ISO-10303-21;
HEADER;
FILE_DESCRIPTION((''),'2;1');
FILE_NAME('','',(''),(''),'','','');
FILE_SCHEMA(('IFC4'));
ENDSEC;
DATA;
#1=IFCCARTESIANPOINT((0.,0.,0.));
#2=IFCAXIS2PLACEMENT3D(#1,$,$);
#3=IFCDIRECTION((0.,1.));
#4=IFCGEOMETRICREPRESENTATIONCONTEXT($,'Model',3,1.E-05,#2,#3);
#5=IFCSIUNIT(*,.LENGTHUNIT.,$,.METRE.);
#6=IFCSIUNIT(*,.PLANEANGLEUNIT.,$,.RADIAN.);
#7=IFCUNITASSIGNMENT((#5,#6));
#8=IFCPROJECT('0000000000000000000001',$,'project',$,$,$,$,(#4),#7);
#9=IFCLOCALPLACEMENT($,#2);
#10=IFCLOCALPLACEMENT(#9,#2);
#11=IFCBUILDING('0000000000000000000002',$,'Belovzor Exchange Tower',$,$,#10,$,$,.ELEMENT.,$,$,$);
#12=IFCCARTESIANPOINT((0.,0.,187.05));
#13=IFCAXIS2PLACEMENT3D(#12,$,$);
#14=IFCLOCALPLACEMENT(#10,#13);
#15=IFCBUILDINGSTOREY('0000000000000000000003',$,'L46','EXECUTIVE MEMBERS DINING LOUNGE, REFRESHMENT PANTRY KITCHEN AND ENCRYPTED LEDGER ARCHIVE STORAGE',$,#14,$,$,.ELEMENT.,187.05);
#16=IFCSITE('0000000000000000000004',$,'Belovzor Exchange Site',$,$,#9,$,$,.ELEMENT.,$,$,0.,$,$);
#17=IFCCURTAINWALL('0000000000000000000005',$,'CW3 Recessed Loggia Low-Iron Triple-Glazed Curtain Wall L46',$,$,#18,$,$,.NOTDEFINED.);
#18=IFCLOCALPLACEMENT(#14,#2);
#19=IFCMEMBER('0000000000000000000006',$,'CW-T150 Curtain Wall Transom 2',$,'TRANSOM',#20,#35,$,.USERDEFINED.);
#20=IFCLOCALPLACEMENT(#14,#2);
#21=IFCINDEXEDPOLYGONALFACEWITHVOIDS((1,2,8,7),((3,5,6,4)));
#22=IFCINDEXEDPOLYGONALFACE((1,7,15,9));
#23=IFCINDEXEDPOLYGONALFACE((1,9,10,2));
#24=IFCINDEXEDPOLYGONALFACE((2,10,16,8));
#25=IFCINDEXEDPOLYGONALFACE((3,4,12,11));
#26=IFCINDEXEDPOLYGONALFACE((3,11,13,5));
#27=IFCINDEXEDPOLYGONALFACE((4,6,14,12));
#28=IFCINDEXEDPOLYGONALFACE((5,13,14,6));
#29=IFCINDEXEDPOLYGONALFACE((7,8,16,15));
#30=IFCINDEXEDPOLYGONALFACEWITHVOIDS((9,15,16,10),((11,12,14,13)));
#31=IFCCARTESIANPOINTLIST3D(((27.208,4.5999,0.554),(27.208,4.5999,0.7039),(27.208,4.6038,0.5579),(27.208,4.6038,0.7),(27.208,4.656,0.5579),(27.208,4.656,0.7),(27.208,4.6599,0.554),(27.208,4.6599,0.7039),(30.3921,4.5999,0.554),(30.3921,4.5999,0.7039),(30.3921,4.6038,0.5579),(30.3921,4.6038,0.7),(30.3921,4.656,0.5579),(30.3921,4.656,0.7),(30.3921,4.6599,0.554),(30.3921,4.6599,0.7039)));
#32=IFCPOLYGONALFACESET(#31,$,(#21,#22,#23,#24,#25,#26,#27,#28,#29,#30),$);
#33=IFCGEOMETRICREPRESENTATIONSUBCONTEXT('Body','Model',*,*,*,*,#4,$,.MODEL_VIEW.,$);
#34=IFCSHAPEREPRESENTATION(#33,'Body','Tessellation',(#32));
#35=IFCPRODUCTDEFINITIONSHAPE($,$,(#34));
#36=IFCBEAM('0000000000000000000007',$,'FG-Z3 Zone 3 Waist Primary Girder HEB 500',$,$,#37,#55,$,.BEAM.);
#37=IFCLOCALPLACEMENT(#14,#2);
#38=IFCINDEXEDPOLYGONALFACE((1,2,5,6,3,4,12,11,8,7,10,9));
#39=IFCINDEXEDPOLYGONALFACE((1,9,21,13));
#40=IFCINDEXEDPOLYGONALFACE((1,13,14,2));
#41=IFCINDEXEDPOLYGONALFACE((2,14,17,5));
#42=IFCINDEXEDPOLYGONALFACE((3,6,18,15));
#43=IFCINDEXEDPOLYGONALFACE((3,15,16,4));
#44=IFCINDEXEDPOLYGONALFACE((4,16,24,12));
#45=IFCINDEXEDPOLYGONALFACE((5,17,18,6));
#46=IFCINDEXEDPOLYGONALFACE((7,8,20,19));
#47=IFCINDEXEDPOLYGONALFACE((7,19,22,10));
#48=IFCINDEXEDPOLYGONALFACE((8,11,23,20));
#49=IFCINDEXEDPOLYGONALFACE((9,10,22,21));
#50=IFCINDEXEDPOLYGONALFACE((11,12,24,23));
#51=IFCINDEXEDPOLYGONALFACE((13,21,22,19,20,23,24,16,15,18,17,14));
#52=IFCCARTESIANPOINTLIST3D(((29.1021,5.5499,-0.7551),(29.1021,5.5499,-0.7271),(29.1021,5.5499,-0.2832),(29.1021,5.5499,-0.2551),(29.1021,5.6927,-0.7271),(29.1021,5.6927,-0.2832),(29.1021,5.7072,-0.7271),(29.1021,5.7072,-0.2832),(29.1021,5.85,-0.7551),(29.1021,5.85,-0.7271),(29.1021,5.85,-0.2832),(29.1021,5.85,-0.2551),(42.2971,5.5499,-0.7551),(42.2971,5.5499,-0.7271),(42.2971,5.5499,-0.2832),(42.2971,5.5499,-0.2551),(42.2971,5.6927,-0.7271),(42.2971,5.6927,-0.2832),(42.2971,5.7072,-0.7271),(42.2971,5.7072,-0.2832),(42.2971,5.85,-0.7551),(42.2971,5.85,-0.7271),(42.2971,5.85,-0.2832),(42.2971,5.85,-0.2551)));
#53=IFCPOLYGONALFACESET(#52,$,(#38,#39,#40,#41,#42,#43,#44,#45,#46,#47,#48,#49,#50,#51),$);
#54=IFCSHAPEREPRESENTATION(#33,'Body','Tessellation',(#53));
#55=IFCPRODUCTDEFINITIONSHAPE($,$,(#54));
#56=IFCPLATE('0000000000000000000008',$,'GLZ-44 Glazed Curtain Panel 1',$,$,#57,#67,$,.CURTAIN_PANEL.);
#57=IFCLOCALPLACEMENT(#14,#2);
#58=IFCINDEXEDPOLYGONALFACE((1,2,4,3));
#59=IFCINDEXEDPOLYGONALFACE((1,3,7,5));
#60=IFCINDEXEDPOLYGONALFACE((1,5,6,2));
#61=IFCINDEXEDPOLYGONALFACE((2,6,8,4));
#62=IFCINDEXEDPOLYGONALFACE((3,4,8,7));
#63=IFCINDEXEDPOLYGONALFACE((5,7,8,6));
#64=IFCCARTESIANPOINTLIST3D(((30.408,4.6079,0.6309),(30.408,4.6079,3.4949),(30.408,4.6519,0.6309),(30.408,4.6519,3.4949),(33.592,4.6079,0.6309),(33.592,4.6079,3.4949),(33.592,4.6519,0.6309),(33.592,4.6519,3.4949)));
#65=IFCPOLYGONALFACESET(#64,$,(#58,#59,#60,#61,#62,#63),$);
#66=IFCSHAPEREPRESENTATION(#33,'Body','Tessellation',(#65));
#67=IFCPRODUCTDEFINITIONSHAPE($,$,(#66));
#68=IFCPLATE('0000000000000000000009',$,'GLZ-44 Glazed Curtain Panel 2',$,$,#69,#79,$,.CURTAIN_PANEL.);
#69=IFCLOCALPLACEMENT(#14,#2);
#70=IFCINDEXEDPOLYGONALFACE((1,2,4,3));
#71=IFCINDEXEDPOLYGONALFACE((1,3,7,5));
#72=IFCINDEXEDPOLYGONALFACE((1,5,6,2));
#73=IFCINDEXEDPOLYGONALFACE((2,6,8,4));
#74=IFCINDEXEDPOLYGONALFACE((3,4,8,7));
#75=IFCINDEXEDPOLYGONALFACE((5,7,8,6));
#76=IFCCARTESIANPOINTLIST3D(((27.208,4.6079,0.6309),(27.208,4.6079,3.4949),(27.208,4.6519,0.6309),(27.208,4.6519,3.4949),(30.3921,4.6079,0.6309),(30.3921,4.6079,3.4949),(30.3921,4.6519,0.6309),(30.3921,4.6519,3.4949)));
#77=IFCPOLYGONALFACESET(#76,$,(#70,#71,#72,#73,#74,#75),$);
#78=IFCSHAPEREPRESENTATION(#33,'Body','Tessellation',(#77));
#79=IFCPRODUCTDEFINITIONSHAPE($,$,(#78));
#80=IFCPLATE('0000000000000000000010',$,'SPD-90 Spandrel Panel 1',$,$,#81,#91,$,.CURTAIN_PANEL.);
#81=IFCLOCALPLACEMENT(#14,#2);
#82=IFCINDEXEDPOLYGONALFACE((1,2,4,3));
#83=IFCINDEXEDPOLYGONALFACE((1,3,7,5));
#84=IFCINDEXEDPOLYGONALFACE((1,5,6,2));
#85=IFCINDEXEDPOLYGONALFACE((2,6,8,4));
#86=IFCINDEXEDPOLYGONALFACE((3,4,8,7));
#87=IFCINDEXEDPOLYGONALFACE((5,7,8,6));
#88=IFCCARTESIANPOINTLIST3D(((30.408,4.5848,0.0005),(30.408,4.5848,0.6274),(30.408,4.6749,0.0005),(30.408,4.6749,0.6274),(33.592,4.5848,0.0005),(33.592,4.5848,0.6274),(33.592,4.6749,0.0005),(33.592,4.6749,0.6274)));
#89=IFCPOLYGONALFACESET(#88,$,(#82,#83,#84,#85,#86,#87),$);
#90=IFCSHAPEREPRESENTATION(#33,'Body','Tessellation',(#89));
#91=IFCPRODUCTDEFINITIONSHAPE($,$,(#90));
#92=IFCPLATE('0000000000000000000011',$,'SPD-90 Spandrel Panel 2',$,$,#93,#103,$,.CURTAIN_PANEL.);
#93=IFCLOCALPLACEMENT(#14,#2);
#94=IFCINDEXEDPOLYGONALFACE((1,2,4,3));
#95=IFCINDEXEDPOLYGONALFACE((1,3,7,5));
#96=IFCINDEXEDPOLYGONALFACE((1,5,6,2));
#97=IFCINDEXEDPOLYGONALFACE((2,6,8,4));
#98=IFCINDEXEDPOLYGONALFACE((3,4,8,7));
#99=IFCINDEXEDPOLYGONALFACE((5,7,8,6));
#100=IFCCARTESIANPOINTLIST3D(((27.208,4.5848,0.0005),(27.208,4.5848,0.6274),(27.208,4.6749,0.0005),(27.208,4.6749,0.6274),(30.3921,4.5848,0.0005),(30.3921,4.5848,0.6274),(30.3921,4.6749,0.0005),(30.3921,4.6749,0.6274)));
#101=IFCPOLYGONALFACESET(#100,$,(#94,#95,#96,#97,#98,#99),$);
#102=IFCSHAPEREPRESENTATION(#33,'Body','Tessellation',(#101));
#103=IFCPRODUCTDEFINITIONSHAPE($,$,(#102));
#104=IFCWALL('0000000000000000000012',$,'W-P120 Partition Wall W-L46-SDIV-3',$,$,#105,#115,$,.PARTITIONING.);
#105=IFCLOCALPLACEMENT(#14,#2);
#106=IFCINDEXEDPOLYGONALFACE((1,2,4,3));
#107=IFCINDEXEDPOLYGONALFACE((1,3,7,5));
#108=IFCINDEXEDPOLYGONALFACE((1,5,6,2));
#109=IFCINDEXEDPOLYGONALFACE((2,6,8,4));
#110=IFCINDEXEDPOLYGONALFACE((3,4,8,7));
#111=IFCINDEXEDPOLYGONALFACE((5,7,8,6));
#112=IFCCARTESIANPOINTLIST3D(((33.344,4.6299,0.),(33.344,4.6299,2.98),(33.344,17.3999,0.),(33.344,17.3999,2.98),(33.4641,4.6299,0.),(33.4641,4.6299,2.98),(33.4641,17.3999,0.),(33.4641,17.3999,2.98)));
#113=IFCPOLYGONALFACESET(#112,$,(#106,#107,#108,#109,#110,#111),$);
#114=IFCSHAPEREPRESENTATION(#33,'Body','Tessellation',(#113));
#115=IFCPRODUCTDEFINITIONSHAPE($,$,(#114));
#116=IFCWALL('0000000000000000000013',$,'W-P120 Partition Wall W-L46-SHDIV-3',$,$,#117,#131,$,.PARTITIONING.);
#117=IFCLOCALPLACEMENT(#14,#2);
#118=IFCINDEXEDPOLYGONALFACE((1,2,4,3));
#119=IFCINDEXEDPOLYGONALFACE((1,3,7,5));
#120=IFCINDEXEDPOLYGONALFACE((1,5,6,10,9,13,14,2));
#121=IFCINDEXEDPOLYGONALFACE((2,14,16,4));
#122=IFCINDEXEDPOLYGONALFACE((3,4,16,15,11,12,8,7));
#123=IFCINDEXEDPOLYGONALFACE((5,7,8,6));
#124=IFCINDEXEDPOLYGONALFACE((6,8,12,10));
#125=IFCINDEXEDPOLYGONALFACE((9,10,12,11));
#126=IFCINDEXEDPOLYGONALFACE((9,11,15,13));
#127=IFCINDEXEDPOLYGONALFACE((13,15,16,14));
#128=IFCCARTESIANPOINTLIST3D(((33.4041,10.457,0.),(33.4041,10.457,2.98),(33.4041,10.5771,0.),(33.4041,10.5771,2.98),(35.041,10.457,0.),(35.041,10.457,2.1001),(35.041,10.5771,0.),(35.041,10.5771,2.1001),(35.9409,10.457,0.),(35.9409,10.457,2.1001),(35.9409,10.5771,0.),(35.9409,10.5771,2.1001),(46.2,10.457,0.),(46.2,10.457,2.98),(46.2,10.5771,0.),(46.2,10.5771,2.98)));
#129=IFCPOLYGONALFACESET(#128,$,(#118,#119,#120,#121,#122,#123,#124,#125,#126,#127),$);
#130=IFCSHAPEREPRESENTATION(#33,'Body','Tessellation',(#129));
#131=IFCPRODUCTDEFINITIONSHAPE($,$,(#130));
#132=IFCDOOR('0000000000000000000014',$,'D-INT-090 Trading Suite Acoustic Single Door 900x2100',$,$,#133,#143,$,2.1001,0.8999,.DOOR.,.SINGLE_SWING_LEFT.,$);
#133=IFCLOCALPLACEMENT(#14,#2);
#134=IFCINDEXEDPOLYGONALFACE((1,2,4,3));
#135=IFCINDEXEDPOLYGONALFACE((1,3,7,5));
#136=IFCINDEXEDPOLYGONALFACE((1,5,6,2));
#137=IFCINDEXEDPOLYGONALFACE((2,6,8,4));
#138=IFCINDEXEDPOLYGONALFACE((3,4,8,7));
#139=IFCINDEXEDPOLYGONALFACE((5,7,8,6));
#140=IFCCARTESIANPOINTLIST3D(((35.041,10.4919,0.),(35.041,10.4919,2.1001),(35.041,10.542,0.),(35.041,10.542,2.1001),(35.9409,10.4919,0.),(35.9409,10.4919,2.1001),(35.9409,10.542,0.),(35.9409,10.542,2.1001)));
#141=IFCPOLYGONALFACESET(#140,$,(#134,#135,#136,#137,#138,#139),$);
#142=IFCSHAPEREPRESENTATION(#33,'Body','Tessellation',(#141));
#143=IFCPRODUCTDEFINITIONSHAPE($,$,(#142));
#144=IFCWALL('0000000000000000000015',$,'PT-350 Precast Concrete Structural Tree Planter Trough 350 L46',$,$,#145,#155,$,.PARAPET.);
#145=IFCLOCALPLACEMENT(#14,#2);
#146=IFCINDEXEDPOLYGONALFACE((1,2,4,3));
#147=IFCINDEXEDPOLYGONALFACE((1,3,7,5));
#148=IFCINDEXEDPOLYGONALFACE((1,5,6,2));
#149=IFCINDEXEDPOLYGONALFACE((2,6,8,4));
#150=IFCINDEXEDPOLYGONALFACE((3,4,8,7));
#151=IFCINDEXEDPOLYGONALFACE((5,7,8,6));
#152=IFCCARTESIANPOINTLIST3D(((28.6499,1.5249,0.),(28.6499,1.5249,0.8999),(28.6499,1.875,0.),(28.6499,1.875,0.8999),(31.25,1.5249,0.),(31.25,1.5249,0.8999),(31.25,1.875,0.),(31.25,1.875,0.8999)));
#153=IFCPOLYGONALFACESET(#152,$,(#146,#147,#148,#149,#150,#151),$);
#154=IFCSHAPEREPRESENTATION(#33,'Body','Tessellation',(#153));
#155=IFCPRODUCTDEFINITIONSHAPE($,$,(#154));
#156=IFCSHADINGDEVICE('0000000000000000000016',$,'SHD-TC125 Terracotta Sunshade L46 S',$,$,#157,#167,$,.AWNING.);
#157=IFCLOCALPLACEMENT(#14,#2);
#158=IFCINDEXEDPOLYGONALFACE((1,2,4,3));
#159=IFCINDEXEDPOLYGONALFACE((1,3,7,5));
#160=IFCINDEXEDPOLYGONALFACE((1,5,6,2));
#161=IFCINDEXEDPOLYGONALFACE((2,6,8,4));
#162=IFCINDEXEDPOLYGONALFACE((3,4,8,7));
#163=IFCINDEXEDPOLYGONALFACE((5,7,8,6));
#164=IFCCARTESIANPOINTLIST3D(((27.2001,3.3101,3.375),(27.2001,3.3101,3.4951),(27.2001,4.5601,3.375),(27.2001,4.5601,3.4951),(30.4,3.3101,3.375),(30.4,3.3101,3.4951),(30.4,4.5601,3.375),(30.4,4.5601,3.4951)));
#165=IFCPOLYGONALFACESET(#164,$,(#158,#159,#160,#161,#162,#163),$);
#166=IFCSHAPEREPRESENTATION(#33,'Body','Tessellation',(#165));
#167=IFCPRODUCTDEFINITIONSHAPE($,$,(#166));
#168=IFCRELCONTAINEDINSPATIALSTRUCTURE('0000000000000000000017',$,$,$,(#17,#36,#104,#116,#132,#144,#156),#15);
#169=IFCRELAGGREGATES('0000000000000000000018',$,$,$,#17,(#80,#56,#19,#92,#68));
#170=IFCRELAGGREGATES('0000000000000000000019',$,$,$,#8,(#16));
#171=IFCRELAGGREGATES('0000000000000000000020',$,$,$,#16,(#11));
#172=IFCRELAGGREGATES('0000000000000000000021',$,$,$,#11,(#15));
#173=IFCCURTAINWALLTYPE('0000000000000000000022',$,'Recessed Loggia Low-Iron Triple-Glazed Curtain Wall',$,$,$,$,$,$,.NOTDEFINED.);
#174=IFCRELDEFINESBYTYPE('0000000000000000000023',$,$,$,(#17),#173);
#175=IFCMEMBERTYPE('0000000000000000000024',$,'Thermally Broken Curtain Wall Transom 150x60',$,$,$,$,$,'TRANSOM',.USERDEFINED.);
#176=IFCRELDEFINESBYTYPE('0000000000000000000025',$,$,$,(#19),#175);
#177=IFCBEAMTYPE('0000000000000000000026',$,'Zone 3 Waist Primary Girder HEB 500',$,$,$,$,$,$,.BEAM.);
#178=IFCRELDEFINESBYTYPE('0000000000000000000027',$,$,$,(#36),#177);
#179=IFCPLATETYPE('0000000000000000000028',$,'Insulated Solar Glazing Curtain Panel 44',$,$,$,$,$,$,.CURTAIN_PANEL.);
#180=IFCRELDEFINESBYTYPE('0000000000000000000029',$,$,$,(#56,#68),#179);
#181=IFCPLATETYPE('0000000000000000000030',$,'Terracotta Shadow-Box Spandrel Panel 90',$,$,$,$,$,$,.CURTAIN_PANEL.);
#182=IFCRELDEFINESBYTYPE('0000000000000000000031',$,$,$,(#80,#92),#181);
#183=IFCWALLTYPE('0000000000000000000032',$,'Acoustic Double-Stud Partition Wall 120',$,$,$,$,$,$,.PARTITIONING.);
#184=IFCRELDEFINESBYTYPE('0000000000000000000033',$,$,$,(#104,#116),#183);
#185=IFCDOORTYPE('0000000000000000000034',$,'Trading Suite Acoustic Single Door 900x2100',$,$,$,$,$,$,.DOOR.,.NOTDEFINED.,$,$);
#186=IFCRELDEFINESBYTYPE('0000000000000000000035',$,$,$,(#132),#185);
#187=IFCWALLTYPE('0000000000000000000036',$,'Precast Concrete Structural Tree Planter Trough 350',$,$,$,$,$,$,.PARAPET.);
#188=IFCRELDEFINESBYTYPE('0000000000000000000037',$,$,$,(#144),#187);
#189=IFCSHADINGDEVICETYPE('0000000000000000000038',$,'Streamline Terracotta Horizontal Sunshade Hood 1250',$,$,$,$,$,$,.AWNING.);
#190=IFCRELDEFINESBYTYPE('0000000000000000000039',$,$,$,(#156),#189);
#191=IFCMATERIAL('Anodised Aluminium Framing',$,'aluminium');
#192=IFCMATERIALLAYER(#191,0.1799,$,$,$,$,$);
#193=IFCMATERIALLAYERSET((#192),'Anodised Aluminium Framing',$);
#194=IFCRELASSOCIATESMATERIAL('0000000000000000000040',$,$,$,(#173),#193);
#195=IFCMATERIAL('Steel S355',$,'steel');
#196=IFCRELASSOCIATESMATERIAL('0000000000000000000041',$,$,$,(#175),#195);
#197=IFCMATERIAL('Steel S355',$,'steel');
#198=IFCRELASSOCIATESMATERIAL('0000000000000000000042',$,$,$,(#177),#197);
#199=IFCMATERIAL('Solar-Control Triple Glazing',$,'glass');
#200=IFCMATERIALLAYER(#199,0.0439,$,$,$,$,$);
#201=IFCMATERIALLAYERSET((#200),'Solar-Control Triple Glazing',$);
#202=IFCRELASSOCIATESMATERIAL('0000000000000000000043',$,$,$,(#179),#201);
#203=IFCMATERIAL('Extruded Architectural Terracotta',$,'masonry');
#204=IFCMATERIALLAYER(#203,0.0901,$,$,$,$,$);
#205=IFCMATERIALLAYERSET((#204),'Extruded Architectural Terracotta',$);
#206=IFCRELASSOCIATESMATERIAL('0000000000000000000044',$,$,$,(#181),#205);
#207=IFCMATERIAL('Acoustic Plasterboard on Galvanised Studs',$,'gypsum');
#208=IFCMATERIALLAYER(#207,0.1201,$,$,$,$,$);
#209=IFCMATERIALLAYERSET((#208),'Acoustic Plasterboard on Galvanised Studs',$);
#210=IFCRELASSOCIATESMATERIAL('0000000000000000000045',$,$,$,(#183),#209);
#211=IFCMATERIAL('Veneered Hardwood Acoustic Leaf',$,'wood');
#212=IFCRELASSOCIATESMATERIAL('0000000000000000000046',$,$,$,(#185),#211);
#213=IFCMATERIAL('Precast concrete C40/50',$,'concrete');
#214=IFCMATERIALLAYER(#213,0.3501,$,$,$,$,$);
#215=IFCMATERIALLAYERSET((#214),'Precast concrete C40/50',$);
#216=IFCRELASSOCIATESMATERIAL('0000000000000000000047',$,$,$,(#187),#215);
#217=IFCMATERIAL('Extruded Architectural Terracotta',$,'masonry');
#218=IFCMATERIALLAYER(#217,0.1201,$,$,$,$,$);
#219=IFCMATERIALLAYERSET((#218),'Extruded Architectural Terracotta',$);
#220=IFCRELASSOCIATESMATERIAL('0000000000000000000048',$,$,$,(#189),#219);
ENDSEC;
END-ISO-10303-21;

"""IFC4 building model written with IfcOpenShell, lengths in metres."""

from ifc_helpers import new_model, si_unit, direction, frame, frame_2d, origin, origin_2d, place, context, subcontext, project, spatial, rectangle, hollow_rectangle, i_section, extrude, material, layer, layer_set, material_profile, profile_set, type_object, element, fill, aggregate, save


model = new_model("IFC4")

# Units and contexts
model_context = context("Model", 3, precision=1e-05, world=origin(), true_north=direction((0.0, 1.0)))
body_context = subcontext(model_context, "Body", "Model", "MODEL_VIEW")
ifc_project = project(units=[si_unit("LENGTHUNIT", "METRE"), si_unit("PLANEANGLEUNIT", "RADIAN")], contexts=[model_context])

# Site, building, storey
site_placement = place(None, origin())
site = spatial("IfcSite", under=ifc_project, at=site_placement, Name="Belovzor Exchange Site", CompositionType="ELEMENT", RefElevation=0.0)
building_placement = place(site_placement, origin())
building = spatial("IfcBuilding", under=site, at=building_placement, Name="Belovzor Exchange Tower", CompositionType="ELEMENT")
storey_placement = place(building_placement, frame((0.0, 0.0, 187.05)))
storey = spatial("IfcBuildingStorey", under=building, at=storey_placement, Name="L46", Description="EXECUTIVE MEMBERS DINING LOUNGE, REFRESHMENT PANTRY KITCHEN AND ENCRYPTED LEDGER ARCHIVE STORAGE", CompositionType="ELEMENT", Elevation=187.05)

# Curtain wall, member
ifc_material_1 = material(Name="Anodised Aluminium Framing", Category="aluminium")
ifc_layer_1 = layer(ifc_material_1, 0.1799)
ifc_layer_set_1 = layer_set([ifc_layer_1], Name="Anodised Aluminium Framing")
curtain_wall_type = type_object("IfcCurtainWallType", Name="Recessed Loggia Low-Iron Triple-Glazed Curtain Wall", PredefinedType="NOTDEFINED", material=ifc_layer_set_1)
curtain_wall_placement = place(storey_placement, origin())
curtain_wall = element("IfcCurtainWall", 1, at=curtain_wall_placement, inside=storey, type_object=curtain_wall_type, Name="CW3 Recessed Loggia Low-Iron Triple-Glazed Curtain Wall L46", PredefinedType="NOTDEFINED")
ifc_material_2 = material(Name="Steel S355", Category="steel")
ifc_material_profile_1 = material_profile(ifc_material_2, hollow_rectangle(XDim=0.0601, YDim=0.1499, WallThickness=0.0039, at=origin_2d()))
ifc_profile_set_1 = profile_set([ifc_material_profile_1], Name="Steel S355")
member_type_1 = type_object("IfcMemberType", Name="Thermally Broken Curtain Wall Transom 150x60", ElementType="TRANSOM", PredefinedType="USERDEFINED", material=ifc_profile_set_1)
member_1_placement = place(storey_placement, frame((30.3921, 4.6299, 0.6289), z_axis=(-1.0, 0.0, 0.0), x_axis=(0.0, -1.0, 0.0)))
member_1 = element("IfcMember", 2, at=member_1_placement, type_object=member_type_1, Name="CW-T150 Curtain Wall Transom 2", ObjectType="TRANSOM", PredefinedType="USERDEFINED", context=body_context, shape_type="SweptSolid", body=[
    extrude(hollow_rectangle(XDim=0.0601, YDim=0.1499, WallThickness=0.0039, at=origin_2d()), origin(), (0.0, 0.0, 1.0), 3.1841),
])

# Beam
ifc_material_3 = material(Name="Steel S355", Category="steel")
ifc_material_profile_2 = material_profile(ifc_material_3, i_section(OverallWidth=0.3, OverallDepth=0.5, WebThickness=0.0144, FlangeThickness=0.0281, at=origin_2d()))
ifc_profile_set_2 = profile_set([ifc_material_profile_2], Name="Steel S355")
beam_type_1 = type_object("IfcBeamType", Name="Zone 3 Waist Primary Girder HEB 500", PredefinedType="BEAM", material=ifc_profile_set_2)
beam_1_placement = place(storey_placement, frame((29.1021, 5.7, -0.5051), z_axis=(1.0, 0.0, 0.0), x_axis=(0.0, 1.0, 0.0)))
element("IfcBeam", 3, at=beam_1_placement, inside=storey, type_object=beam_type_1, Name="FG-Z3 Zone 3 Waist Primary Girder HEB 500", PredefinedType="BEAM", context=body_context, shape_type="SweptSolid", body=[
    extrude(i_section(OverallWidth=0.3, OverallDepth=0.5, WebThickness=0.0144, FlangeThickness=0.0281, at=origin_2d()), origin(), (0.0, 0.0, 1.0), 13.1951),
])

# Plates
ifc_material_4 = material(Name="Solar-Control Triple Glazing", Category="glass")
ifc_layer_2 = layer(ifc_material_4, 0.0439)
ifc_layer_set_2 = layer_set([ifc_layer_2], Name="Solar-Control Triple Glazing")
plate_type_1 = type_object("IfcPlateType", Name="Insulated Solar Glazing Curtain Panel 44", PredefinedType="CURTAIN_PANEL", material=ifc_layer_set_2)
plate_1_placement = place(storey_placement, frame((32.0, 4.6299, 0.6309), z_axis=(0.0, 0.0, 1.0), x_axis=(-1.0, 0.0, 0.0)))
plate_1 = element("IfcPlate", 4, at=plate_1_placement, type_object=plate_type_1, Name="GLZ-44 Glazed Curtain Panel 1", PredefinedType="CURTAIN_PANEL", context=body_context, shape_type="SweptSolid", body=[
    extrude(rectangle(XDim=3.1841, YDim=0.0439, at=origin_2d()), origin(), (0.0, 0.0, 1.0), 2.864),
])
plate_2_placement = place(storey_placement, frame((28.8, 4.6299, 0.6309), z_axis=(0.0, 0.0, 1.0), x_axis=(-1.0, 0.0, 0.0)))
plate_2 = element("IfcPlate", 5, at=plate_2_placement, type_object=plate_type_1, Name="GLZ-44 Glazed Curtain Panel 2", PredefinedType="CURTAIN_PANEL", context=body_context, shape_type="SweptSolid", body=[
    extrude(rectangle(XDim=3.1841, YDim=0.0439, at=origin_2d()), origin(), (0.0, 0.0, 1.0), 2.864),
])
ifc_material_5 = material(Name="Extruded Architectural Terracotta", Category="masonry")
ifc_layer_3 = layer(ifc_material_5, 0.0901)
ifc_layer_set_3 = layer_set([ifc_layer_3], Name="Extruded Architectural Terracotta")
plate_type_2 = type_object("IfcPlateType", Name="Terracotta Shadow-Box Spandrel Panel 90", PredefinedType="CURTAIN_PANEL", material=ifc_layer_set_3)
plate_3_placement = place(storey_placement, frame((32.0, 4.6299, 0.0005), z_axis=(0.0, 0.0, 1.0), x_axis=(-1.0, 0.0, 0.0)))
plate_3 = element("IfcPlate", 6, at=plate_3_placement, type_object=plate_type_2, Name="SPD-90 Spandrel Panel 1", PredefinedType="CURTAIN_PANEL", context=body_context, shape_type="SweptSolid", body=[
    extrude(rectangle(XDim=3.1841, YDim=0.0901, at=origin_2d()), origin(), (0.0, 0.0, 1.0), 0.627),
])
plate_4_placement = place(storey_placement, frame((28.8, 4.6299, 0.0005), z_axis=(0.0, 0.0, 1.0), x_axis=(-1.0, 0.0, 0.0)))
plate_4 = element("IfcPlate", 7, at=plate_4_placement, type_object=plate_type_2, Name="SPD-90 Spandrel Panel 2", PredefinedType="CURTAIN_PANEL", context=body_context, shape_type="SweptSolid", body=[
    extrude(rectangle(XDim=3.1841, YDim=0.0901, at=origin_2d()), origin(), (0.0, 0.0, 1.0), 0.627),
])
aggregate(curtain_wall, [plate_3, plate_1, member_1, plate_4, plate_2])

# Wall
ifc_material_6 = material(Name="Acoustic Plasterboard on Galvanised Studs", Category="gypsum")
ifc_layer_4 = layer(ifc_material_6, 0.1201)
ifc_layer_set_4 = layer_set([ifc_layer_4], Name="Acoustic Plasterboard on Galvanised Studs")
wall_type_1 = type_object("IfcWallType", Name="Acoustic Double-Stud Partition Wall 120", PredefinedType="PARTITIONING", material=ifc_layer_set_4)
wall_1_placement = place(storey_placement, frame((33.4041, 4.6299, 0.0), z_axis=(0.0, 0.0, 1.0), x_axis=(0.0, 1.0, 0.0)))
element("IfcWall", 8, at=wall_1_placement, inside=storey, type_object=wall_type_1, Name="W-P120 Partition Wall W-L46-SDIV-3", PredefinedType="PARTITIONING", context=body_context, shape_type="SweptSolid", body=[
    extrude(rectangle(XDim=12.77, YDim=0.1201, at=frame_2d((6.385, 0.0))), origin(), (0.0, 0.0, 1.0), 2.98),
])

# Wall, opening, door
wall_2_placement = place(storey_placement, frame((33.4041, 10.5171, 0.0), z_axis=(0.0, 0.0, 1.0), x_axis=(1.0, 0.0, 0.0)))
wall_2 = element("IfcWall", 9, at=wall_2_placement, inside=storey, type_object=wall_type_1, Name="W-P120 Partition Wall W-L46-SHDIV-3", PredefinedType="PARTITIONING", context=body_context, shape_type="SweptSolid", body=[
    extrude(rectangle(XDim=12.7959, YDim=0.1201, at=frame_2d((6.3979, 0.0))), origin(), (0.0, 0.0, 1.0), 2.98),
])
opening_placement = place(wall_2_placement, frame((1.637, 0.0, 0.0)))
opening = element("IfcOpeningElement", 10, at=opening_placement, cuts=wall_2, PredefinedType="OPENING", context=body_context, shape_type="SweptSolid", body=[
    extrude(rectangle(XDim=0.8999, YDim=2.1001, at=frame_2d((0.45, 1.05))), frame((0.0, 0.0701, 0.0), z_axis=(0.0, -1.0, 0.0), x_axis=(1.0, 0.0, 0.0)), (0.0, 0.0, 1.0), 0.1401),
])
ifc_material_7 = material(Name="Veneered Hardwood Acoustic Leaf", Category="wood")
door_type = type_object("IfcDoorType", Name="Trading Suite Acoustic Single Door 900x2100", OperationType="NOTDEFINED", PredefinedType="DOOR", material=ifc_material_7)
door_placement = place(opening_placement, origin())
door = element("IfcDoor", 11, at=door_placement, inside=storey, type_object=door_type, Name="D-INT-090 Trading Suite Acoustic Single Door 900x2100", OperationType="SINGLE_SWING_LEFT", OverallHeight=2.1001, OverallWidth=0.8999, PredefinedType="DOOR", context=body_context, shape_type="SweptSolid", body=[
    extrude(rectangle(XDim=0.8999, YDim=2.1001, at=frame_2d((0.45, 1.05))), frame((0.0, 0.0249, 0.0), z_axis=(0.0, -1.0, 0.0), x_axis=(1.0, 0.0, 0.0)), (0.0, 0.0, 1.0), 0.05),
])
fill(opening, door)

# Wall
ifc_material_8 = material(Name="Precast concrete C40/50", Category="concrete")
ifc_layer_5 = layer(ifc_material_8, 0.3501)
ifc_layer_set_5 = layer_set([ifc_layer_5], Name="Precast concrete C40/50")
wall_type_2 = type_object("IfcWallType", Name="Precast Concrete Structural Tree Planter Trough 350", PredefinedType="PARAPET", material=ifc_layer_set_5)
wall_3_placement = place(storey_placement, frame((28.6499, 1.7, 0.0), z_axis=(0.0, 0.0, 1.0), x_axis=(1.0, 0.0, 0.0)))
element("IfcWall", 12, at=wall_3_placement, inside=storey, type_object=wall_type_2, Name="PT-350 Precast Concrete Structural Tree Planter Trough 350 L46", PredefinedType="PARAPET", context=body_context, shape_type="SweptSolid", body=[
    extrude(rectangle(XDim=2.6001, YDim=0.3501, at=frame_2d((1.3, 0.0))), origin(), (0.0, 0.0, 1.0), 0.8999),
])

# Shading device
ifc_material_9 = material(Name="Extruded Architectural Terracotta", Category="masonry")
ifc_layer_6 = layer(ifc_material_9, 0.1201)
ifc_layer_set_6 = layer_set([ifc_layer_6], Name="Extruded Architectural Terracotta")
shading_device_type = type_object("IfcShadingDeviceType", Name="Streamline Terracotta Horizontal Sunshade Hood 1250", PredefinedType="AWNING", material=ifc_layer_set_6)
shading_device_placement = place(storey_placement, frame((28.8, 3.9351, 3.375), z_axis=(0.0, 0.0, 1.0), x_axis=(1.0, 0.0, 0.0)))
element("IfcShadingDevice", 13, at=shading_device_placement, inside=storey, type_object=shading_device_type, Name="SHD-TC125 Terracotta Sunshade L46 S", PredefinedType="AWNING", context=body_context, shape_type="SweptSolid", body=[
    extrude(rectangle(XDim=3.2, YDim=1.25, at=origin_2d()), origin(), (0.0, 0.0, 1.0), 0.1201),
])

save(model, "model.ifc")
